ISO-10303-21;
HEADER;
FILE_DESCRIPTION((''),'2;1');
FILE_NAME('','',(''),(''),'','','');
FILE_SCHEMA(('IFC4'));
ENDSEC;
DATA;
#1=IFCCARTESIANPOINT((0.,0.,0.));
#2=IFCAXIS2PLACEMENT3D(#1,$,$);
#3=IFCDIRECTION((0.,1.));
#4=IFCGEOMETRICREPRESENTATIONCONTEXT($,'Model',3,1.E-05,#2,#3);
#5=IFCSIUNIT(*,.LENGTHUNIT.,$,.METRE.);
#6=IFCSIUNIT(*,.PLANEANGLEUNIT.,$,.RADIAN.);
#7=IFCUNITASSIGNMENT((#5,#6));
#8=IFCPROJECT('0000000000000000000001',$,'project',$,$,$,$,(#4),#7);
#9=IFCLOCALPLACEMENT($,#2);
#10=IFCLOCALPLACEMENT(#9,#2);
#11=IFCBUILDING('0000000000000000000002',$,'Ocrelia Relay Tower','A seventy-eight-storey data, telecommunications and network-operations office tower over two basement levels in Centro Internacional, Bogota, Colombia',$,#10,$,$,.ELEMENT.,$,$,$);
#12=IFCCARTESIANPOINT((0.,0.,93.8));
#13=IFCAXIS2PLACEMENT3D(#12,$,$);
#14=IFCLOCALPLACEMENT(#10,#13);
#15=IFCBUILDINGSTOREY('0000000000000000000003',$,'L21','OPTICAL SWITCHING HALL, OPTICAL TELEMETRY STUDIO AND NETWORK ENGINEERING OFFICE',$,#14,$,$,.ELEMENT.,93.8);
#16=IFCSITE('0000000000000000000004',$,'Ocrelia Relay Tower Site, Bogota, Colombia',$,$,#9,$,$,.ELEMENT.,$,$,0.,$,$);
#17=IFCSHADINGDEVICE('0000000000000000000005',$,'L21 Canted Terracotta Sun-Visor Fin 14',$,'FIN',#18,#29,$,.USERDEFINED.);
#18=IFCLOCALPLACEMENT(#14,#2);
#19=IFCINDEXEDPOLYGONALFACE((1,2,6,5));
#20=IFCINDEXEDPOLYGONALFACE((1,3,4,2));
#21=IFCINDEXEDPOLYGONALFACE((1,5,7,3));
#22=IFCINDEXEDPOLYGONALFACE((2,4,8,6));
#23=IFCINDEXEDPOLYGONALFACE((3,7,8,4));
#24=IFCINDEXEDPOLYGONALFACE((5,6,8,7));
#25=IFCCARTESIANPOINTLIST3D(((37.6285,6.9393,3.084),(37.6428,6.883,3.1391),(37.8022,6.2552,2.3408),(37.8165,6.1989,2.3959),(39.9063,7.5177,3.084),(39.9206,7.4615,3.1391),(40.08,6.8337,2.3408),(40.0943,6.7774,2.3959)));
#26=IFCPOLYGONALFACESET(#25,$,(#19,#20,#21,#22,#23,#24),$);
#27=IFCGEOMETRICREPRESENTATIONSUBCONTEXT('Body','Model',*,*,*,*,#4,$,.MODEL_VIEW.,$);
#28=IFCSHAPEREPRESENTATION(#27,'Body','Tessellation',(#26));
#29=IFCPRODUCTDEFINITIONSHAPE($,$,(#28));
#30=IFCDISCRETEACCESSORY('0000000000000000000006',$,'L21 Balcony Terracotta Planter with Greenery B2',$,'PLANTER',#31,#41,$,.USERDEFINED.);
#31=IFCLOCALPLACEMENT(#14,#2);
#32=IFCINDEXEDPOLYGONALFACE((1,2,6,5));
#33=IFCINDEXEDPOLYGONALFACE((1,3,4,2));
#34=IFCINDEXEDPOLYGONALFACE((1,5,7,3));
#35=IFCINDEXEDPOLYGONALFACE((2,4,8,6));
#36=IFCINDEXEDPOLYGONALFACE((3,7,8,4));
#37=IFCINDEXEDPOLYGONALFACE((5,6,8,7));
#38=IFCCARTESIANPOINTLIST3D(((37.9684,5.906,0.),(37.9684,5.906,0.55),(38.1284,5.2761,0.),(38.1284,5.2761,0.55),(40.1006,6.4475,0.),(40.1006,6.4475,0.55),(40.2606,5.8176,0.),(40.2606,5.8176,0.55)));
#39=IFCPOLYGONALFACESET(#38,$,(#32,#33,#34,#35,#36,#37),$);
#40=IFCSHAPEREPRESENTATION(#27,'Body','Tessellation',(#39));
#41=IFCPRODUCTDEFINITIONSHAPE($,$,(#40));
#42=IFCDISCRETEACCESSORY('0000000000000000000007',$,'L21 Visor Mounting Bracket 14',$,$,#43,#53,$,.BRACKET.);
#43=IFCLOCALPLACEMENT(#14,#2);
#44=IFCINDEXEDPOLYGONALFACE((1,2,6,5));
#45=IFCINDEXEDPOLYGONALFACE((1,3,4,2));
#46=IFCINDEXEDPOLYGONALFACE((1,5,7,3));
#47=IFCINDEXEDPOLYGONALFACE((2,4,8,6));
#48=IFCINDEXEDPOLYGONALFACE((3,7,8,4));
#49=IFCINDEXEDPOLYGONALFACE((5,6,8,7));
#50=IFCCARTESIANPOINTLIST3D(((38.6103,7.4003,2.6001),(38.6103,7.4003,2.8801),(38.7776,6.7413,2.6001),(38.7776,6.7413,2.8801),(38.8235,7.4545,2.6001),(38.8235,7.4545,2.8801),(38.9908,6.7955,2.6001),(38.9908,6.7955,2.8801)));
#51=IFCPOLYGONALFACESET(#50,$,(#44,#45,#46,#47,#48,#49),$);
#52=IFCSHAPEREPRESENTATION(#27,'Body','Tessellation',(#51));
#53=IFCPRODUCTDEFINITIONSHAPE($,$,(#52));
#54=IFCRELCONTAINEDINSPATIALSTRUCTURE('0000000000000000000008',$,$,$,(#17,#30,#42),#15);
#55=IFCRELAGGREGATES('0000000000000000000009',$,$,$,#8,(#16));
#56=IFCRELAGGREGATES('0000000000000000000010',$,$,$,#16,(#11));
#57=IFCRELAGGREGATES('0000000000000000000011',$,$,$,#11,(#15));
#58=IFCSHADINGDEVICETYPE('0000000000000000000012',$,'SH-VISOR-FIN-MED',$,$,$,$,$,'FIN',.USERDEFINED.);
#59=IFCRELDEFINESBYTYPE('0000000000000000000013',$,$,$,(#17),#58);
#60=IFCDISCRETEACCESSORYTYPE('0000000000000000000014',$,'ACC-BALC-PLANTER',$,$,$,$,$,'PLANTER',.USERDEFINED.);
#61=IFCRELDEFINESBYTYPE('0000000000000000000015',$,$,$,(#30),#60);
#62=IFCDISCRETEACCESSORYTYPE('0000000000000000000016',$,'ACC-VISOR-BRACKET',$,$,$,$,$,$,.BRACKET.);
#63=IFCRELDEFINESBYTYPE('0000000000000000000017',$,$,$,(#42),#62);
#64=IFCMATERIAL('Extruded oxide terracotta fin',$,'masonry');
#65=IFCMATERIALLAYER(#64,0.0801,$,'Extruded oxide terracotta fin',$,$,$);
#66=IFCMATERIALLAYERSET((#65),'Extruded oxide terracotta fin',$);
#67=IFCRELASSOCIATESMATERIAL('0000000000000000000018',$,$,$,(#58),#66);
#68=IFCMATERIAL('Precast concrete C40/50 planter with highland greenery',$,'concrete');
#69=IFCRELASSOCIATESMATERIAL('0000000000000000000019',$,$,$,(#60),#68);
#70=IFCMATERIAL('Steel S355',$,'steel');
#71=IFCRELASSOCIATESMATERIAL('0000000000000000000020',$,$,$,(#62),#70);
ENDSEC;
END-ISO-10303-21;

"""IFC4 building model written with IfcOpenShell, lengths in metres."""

from ifc_helpers import new_model, si_unit, direction, frame, origin, origin_2d, place, context, subcontext, project, spatial, rectangle, extrude, material, layer, layer_set, type_object, element, save


model = new_model("IFC4")

# Units and contexts
model_context = context("Model", 3, precision=1e-05, world=origin(), true_north=direction((0.0, 1.0)))
body_context = subcontext(model_context, "Body", "Model", "MODEL_VIEW")
ifc_project = project(units=[si_unit("LENGTHUNIT", "METRE"), si_unit("PLANEANGLEUNIT", "RADIAN")], contexts=[model_context])

# Site, building, storey
site_placement = place(None, origin())
site = spatial("IfcSite", under=ifc_project, at=site_placement, Name="Ocrelia Relay Tower Site, Bogota, Colombia", CompositionType="ELEMENT", RefElevation=0.0)
building_placement = place(site_placement, origin())
building = spatial("IfcBuilding", under=site, at=building_placement, Name="Ocrelia Relay Tower", Description="A seventy-eight-storey data, telecommunications and network-operations office tower over two basement levels in Centro Internacional, Bogota, Colombia", CompositionType="ELEMENT")
storey_placement = place(building_placement, frame((0.0, 0.0, 93.8)))
storey = spatial("IfcBuildingStorey", under=building, at=storey_placement, Name="L21", Description="OPTICAL SWITCHING HALL, OPTICAL TELEMETRY STUDIO AND NETWORK ENGINEERING OFFICE", CompositionType="ELEMENT", Elevation=93.8)

# Shared definitions
ifc_material_1 = material(Name="Steel S355", Category="steel")

# Shading device
ifc_material_2 = material(Name="Extruded oxide terracotta fin", Category="masonry")
ifc_layer_1 = layer(ifc_material_2, 0.0801, Name="Extruded oxide terracotta fin")
ifc_layer_set_1 = layer_set([ifc_layer_1], Name="Extruded oxide terracotta fin")
shading_device_type_1 = type_object("IfcShadingDeviceType", Name="SH-VISOR-FIN-MED", ElementType="FIN", PredefinedType="USERDEFINED", material=ifc_layer_set_1)
shading_device_1_placement = place(storey_placement, frame((38.8542, 6.8865, 2.7124), z_axis=(0.178495, -0.702822, 0.688608), x_axis=(0.969231, 0.246154, 0.0)))
element("IfcShadingDevice", 1, at=shading_device_1_placement, inside=storey, type_object=shading_device_type_1, Name="L21 Canted Terracotta Sun-Visor Fin 14", ObjectType="FIN", PredefinedType="USERDEFINED", context=body_context, shape_type="SweptSolid", body=[
    extrude(rectangle(XDim=2.3501, YDim=1.0249, at=origin_2d()), origin(), (0.0, 0.0, 1.0), 0.0801),
])

# Discrete accessories
ifc_material_3 = material(Name="Precast concrete C40/50 planter with highland greenery", Category="concrete")
discrete_accessory_type_1 = type_object("IfcDiscreteAccessoryType", Name="ACC-BALC-PLANTER", ElementType="PLANTER", PredefinedType="USERDEFINED", material=ifc_material_3)
discrete_accessory_1_placement = place(storey_placement, frame((39.1145, 5.8618, 0.0), z_axis=(0.0, 0.0, 1.0), x_axis=(-0.96923, -0.246158, 0.0)))
element("IfcDiscreteAccessory", 2, at=discrete_accessory_1_placement, inside=storey, type_object=discrete_accessory_type_1, Name="L21 Balcony Terracotta Planter with Greenery B2", ObjectType="PLANTER", PredefinedType="USERDEFINED", context=body_context, shape_type="SweptSolid", body=[
    extrude(rectangle(XDim=2.2, YDim=0.6499, at=origin_2d()), origin(), (0.0, 0.0, 1.0), 0.55),
])
discrete_accessory_type_2 = type_object("IfcDiscreteAccessoryType", Name="ACC-VISOR-BRACKET", PredefinedType="BRACKET", material=ifc_material_1)
discrete_accessory_2_placement = place(storey_placement, frame((38.8005, 7.0979, 2.6001), z_axis=(0.0, 0.0, 1.0), x_axis=(0.969231, 0.246154, 0.0)))
element("IfcDiscreteAccessory", 3, at=discrete_accessory_2_placement, inside=storey, type_object=discrete_accessory_type_2, Name="L21 Visor Mounting Bracket 14", PredefinedType="BRACKET", context=body_context, shape_type="SweptSolid", body=[
    extrude(rectangle(XDim=0.22, YDim=0.6799, at=origin_2d()), origin(), (0.0, 0.0, 1.0), 0.28),
])

save(model, "model.ifc")
